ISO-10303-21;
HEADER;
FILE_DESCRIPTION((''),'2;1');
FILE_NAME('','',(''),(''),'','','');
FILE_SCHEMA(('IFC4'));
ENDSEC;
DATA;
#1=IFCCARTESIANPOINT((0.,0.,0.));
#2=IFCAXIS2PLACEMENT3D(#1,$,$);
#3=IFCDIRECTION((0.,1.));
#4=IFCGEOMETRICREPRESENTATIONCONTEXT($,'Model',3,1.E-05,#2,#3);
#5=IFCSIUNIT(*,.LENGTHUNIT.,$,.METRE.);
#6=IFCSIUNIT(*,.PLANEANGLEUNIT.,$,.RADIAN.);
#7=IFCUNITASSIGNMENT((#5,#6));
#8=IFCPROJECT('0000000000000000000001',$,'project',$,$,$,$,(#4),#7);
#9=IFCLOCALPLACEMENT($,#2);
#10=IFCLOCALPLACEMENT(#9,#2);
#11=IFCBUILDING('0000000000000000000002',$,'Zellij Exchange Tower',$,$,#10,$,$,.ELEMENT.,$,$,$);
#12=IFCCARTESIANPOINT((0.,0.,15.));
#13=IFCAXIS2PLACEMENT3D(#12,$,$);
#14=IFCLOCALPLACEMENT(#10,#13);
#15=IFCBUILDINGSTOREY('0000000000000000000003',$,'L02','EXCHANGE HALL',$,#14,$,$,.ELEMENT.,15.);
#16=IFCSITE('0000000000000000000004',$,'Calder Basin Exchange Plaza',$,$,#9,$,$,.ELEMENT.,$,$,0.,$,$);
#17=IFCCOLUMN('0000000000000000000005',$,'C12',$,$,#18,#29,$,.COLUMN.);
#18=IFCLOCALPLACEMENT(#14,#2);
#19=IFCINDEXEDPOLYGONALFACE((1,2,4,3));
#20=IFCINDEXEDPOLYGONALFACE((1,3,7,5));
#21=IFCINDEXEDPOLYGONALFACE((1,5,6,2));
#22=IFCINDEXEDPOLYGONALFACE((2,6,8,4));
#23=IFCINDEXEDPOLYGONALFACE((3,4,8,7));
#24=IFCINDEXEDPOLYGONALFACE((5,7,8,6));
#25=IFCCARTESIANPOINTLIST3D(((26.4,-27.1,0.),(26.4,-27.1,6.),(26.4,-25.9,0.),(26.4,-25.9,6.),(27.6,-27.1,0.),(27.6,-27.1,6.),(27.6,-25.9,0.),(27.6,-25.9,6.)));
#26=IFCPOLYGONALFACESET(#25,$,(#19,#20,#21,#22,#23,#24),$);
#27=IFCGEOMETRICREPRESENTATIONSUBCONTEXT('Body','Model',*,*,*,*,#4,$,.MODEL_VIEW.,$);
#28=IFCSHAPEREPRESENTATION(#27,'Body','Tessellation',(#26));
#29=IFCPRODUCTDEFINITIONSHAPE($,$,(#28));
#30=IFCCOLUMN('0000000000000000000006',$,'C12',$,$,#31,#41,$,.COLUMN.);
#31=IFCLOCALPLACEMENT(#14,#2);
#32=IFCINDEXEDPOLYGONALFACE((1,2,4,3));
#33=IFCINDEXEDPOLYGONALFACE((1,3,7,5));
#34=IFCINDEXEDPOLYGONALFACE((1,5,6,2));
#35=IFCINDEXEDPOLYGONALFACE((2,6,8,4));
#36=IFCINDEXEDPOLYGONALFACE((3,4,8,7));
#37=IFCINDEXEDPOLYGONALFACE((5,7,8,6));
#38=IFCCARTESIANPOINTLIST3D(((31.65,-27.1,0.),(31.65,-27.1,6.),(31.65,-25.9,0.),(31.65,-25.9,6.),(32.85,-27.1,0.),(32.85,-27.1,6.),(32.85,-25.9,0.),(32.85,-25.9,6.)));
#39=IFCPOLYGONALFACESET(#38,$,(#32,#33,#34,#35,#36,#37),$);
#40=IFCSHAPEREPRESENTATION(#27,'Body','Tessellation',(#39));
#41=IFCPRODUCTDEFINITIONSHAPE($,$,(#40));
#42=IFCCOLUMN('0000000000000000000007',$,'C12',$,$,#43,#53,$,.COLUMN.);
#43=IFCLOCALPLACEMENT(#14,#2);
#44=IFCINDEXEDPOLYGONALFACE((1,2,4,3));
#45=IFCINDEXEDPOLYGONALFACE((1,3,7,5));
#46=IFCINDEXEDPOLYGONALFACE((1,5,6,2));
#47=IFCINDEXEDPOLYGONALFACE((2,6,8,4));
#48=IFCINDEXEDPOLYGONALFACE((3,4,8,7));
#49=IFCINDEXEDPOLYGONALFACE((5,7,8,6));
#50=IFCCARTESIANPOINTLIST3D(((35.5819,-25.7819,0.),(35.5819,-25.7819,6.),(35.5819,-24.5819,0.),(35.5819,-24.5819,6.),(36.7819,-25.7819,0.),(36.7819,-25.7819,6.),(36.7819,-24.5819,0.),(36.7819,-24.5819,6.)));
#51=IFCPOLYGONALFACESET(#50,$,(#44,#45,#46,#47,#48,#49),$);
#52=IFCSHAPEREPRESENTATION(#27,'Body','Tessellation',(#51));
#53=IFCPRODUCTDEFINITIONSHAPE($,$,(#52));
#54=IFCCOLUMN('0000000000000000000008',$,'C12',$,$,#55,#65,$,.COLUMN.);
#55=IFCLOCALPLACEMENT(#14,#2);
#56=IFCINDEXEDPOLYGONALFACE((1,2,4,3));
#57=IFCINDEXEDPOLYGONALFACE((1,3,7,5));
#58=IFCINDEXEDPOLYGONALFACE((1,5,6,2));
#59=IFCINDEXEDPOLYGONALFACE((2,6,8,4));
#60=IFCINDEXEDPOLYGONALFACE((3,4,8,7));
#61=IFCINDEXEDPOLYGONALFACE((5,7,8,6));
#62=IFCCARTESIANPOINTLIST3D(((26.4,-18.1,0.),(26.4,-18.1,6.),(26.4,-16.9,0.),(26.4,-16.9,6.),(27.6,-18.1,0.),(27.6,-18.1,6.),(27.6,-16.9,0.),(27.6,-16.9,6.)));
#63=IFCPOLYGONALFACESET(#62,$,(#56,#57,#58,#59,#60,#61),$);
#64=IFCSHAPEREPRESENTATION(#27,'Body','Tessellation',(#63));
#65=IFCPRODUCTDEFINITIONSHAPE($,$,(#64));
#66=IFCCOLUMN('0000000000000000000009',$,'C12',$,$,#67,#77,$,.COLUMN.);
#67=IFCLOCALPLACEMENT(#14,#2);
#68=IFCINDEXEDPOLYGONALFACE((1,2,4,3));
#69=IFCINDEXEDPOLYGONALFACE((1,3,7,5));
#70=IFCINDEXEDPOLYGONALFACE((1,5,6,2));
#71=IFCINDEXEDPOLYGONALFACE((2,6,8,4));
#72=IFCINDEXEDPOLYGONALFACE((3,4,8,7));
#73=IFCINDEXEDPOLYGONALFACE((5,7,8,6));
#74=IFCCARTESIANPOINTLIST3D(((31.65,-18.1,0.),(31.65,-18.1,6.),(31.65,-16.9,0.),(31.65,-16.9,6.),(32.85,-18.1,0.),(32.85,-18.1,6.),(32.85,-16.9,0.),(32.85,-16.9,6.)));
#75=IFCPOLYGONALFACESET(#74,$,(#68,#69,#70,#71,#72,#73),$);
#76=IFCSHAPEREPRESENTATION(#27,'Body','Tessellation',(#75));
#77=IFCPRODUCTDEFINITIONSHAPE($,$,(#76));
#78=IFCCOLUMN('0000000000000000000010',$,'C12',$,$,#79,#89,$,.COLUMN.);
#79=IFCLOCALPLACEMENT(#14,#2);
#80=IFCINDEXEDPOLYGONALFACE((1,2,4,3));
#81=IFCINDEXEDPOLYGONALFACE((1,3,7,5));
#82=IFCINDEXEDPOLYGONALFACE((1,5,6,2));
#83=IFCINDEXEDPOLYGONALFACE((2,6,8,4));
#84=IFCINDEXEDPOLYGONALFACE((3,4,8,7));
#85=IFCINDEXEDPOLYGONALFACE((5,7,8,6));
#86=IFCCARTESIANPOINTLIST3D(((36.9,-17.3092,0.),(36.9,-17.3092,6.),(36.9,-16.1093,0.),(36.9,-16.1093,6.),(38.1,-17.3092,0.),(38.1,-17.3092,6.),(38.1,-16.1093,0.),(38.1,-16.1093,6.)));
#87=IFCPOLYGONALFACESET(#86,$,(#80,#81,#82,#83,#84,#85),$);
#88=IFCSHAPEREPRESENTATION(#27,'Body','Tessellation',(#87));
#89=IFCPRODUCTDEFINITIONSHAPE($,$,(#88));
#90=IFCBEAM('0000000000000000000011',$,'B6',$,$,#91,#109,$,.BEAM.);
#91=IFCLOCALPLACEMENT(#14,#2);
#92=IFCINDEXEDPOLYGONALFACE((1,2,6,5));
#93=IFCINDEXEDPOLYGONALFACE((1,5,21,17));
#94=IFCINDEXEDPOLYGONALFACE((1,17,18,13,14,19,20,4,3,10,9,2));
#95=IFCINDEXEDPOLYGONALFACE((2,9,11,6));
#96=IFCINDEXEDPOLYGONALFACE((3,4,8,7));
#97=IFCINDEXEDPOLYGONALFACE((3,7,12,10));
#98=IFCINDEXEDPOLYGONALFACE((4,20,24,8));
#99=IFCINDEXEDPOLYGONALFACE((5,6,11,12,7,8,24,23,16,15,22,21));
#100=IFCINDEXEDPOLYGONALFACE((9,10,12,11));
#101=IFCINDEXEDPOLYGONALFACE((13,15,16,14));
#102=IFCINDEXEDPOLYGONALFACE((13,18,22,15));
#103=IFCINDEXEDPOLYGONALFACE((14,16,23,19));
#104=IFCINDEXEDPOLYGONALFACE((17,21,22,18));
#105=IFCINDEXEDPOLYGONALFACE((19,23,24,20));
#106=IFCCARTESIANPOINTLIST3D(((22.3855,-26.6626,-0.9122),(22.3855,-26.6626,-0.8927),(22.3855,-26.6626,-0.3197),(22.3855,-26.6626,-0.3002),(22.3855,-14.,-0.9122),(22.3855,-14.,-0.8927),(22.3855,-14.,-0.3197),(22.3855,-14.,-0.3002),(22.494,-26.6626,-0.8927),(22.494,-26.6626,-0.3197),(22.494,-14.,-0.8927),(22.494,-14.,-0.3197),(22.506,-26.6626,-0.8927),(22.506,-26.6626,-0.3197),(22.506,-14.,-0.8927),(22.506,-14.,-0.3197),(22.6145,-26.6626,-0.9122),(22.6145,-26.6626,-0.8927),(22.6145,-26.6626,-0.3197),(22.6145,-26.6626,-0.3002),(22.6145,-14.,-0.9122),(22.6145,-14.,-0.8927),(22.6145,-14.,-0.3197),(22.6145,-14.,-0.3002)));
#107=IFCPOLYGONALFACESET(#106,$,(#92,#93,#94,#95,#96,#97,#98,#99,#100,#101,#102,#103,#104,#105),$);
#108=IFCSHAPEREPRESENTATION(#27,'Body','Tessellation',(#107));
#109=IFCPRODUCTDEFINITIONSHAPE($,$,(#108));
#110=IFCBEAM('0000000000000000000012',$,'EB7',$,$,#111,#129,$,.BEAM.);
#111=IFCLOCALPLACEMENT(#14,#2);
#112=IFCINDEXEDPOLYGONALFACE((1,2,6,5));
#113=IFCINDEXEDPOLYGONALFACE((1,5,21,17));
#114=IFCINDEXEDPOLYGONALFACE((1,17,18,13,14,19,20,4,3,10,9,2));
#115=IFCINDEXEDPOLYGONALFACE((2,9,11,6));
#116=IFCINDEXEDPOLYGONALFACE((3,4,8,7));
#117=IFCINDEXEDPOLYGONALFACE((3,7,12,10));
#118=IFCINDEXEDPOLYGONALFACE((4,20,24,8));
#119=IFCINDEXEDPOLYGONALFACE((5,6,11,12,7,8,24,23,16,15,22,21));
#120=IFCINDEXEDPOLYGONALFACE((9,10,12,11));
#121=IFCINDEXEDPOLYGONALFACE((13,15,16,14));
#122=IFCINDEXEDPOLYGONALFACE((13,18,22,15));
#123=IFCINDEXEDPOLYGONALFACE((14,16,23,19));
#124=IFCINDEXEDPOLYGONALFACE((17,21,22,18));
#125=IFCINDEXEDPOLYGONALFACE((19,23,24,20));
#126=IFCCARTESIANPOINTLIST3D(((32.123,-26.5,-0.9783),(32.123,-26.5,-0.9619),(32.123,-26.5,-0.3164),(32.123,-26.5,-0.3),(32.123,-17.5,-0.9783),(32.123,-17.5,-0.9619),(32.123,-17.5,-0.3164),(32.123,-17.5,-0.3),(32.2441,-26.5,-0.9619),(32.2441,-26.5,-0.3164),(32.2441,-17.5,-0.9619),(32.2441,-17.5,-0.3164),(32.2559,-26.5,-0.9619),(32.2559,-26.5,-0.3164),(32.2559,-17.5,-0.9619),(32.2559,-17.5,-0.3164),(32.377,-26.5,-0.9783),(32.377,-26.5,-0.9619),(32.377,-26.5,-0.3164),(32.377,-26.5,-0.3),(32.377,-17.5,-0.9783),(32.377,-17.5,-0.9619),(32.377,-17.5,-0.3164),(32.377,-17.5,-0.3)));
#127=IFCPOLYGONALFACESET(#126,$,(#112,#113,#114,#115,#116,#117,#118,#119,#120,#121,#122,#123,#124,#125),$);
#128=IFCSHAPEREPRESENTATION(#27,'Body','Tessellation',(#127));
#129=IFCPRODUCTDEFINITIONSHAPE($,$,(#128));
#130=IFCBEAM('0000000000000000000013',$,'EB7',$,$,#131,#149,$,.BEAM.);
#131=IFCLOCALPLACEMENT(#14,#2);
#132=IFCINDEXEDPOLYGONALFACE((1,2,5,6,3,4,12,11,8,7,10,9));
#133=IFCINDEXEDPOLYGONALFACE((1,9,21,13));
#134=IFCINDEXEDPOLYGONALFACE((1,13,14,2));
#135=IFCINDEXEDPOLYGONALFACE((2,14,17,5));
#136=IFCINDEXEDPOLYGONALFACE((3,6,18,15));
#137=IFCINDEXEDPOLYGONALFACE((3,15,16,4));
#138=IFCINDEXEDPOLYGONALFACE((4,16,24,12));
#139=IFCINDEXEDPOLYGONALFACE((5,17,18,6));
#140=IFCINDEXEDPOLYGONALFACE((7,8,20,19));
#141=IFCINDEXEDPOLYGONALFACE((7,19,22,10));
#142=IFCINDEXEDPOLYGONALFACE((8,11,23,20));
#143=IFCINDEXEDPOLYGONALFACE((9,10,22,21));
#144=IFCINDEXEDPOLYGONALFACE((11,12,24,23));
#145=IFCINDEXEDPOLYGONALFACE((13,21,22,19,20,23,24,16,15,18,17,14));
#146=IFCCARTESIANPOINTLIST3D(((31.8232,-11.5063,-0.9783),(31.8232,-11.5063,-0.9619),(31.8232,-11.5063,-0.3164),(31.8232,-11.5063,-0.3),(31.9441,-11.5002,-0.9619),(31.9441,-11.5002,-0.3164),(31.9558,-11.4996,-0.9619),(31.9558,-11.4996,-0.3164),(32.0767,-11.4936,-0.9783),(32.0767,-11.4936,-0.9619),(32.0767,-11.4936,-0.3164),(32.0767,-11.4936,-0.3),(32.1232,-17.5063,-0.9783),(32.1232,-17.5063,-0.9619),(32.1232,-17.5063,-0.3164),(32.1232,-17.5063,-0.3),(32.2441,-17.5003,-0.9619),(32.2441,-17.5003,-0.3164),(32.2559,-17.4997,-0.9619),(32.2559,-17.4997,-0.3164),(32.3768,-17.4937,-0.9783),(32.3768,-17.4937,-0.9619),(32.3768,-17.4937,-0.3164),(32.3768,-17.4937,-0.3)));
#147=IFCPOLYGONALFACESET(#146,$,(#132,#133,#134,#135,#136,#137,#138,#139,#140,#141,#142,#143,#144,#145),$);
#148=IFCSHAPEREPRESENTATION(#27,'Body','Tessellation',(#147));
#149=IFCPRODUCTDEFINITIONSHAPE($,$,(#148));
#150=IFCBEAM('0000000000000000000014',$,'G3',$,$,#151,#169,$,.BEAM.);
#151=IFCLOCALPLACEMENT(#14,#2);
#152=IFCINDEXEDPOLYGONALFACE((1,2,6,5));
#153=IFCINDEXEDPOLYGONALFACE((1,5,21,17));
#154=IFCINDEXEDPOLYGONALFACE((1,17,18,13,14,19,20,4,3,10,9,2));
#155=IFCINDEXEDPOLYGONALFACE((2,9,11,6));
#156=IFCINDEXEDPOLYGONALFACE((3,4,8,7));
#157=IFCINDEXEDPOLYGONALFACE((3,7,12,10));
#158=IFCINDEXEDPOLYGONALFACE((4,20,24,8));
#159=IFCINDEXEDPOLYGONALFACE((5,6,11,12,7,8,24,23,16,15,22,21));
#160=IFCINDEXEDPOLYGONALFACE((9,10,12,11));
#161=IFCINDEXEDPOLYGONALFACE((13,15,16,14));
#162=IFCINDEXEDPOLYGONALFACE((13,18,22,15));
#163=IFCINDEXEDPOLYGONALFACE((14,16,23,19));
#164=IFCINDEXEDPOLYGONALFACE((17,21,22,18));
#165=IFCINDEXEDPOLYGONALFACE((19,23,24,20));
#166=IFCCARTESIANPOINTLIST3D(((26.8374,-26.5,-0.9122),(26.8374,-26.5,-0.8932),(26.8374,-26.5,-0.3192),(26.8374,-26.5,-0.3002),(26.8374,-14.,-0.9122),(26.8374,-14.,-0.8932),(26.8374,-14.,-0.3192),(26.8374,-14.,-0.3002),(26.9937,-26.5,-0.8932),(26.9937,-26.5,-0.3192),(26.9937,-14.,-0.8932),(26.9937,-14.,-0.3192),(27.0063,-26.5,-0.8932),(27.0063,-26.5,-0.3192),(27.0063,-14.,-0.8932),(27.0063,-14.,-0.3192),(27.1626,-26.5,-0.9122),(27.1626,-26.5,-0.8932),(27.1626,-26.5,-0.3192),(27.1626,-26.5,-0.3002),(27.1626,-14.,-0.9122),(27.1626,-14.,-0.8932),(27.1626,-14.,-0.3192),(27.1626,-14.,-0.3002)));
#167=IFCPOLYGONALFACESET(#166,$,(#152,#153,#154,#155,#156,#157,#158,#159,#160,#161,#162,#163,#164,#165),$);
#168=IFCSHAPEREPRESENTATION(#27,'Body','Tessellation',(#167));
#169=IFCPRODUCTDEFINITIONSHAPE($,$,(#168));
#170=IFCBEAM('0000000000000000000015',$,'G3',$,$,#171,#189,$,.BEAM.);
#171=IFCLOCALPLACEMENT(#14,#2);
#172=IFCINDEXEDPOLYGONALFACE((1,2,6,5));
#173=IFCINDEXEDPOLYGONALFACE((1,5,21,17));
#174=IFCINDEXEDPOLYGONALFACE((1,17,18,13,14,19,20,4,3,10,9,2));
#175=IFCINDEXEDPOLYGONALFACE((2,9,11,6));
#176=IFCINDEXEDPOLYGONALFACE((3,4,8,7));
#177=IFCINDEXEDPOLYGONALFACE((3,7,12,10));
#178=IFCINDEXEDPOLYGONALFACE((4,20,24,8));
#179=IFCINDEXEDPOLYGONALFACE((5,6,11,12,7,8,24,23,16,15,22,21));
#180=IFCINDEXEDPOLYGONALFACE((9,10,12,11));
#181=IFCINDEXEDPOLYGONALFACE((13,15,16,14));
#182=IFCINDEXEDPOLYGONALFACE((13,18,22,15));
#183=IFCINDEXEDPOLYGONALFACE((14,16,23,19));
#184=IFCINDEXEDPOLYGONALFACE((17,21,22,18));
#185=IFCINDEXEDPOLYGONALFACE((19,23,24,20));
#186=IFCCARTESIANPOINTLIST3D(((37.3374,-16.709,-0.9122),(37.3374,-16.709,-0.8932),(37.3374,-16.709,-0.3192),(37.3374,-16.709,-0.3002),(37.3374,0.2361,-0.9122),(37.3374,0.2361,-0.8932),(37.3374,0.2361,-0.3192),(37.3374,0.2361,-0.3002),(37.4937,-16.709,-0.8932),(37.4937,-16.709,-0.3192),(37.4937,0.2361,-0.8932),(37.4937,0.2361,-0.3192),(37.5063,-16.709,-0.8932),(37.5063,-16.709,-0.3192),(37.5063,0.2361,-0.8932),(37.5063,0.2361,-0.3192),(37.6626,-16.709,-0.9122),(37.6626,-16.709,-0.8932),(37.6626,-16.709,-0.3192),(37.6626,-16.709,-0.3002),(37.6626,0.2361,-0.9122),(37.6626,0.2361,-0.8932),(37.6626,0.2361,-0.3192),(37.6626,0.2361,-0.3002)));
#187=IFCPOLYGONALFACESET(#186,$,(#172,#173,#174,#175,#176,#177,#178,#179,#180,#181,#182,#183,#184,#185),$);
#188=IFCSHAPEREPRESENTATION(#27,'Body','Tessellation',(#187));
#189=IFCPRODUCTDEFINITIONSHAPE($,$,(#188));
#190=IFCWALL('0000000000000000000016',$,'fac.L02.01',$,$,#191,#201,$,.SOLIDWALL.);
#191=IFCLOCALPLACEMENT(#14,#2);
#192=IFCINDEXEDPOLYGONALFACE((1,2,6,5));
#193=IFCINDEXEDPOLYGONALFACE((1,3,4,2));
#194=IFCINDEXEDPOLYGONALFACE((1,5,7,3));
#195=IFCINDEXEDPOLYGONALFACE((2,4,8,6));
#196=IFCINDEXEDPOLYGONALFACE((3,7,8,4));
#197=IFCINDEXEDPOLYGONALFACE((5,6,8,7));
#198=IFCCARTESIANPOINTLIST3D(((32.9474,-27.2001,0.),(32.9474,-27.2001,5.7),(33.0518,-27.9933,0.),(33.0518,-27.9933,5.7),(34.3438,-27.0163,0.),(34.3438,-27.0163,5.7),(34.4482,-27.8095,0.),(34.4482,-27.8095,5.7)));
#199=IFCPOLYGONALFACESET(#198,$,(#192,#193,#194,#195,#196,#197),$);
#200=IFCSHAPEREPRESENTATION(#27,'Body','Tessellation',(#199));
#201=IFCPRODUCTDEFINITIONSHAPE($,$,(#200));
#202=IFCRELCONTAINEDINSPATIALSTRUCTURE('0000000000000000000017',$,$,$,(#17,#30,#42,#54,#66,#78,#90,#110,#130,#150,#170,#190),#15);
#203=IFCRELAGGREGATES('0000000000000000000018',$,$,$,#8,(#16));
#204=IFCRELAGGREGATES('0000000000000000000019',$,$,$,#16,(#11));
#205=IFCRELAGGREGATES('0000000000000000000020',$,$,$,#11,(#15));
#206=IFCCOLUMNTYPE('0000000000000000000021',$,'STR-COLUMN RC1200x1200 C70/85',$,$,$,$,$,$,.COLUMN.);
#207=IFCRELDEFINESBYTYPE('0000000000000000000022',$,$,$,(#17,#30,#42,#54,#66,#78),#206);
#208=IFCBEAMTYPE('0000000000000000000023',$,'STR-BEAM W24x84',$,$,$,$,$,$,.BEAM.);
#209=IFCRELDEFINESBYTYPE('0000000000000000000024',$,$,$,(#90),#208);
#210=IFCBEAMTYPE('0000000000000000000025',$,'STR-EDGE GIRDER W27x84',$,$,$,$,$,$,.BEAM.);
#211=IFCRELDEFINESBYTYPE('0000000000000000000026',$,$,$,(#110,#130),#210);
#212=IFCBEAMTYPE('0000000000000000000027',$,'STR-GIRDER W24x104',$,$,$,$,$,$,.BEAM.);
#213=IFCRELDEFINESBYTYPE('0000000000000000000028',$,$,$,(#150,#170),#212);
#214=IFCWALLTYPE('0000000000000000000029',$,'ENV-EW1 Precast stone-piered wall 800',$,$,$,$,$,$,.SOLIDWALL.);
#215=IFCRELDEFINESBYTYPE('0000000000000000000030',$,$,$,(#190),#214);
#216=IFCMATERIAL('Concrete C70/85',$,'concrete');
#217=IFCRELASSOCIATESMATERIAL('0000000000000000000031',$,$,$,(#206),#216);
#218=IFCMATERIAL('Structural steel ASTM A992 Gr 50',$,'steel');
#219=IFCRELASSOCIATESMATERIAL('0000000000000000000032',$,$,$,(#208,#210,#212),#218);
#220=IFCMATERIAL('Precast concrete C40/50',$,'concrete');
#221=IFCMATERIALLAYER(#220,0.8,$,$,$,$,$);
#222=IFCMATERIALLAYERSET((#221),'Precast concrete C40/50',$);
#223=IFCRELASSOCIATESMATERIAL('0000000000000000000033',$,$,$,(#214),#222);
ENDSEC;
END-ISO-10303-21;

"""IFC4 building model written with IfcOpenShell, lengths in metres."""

from ifc_helpers import new_model, si_unit, direction, frame, frame_2d, origin, origin_2d, place, context, subcontext, project, spatial, rectangle, i_section, extrude, material, layer, layer_set, material_profile, profile_set, type_object, element, save


model = new_model("IFC4")

# Units and contexts
model_context = context("Model", 3, precision=1e-05, world=origin(), true_north=direction((0.0, 1.0)))
body_context = subcontext(model_context, "Body", "Model", "MODEL_VIEW")
ifc_project = project(units=[si_unit("LENGTHUNIT", "METRE"), si_unit("PLANEANGLEUNIT", "RADIAN")], contexts=[model_context])

# Site, building, storey
site_placement = place(None, origin())
site = spatial("IfcSite", under=ifc_project, at=site_placement, Name="Calder Basin Exchange Plaza", CompositionType="ELEMENT", RefElevation=0.0)
building_placement = place(site_placement, origin())
building = spatial("IfcBuilding", under=site, at=building_placement, Name="Zellij Exchange Tower", CompositionType="ELEMENT")
storey_placement = place(building_placement, frame((0.0, 0.0, 15.0)))
storey = spatial("IfcBuildingStorey", under=building, at=storey_placement, Name="L02", Description="EXCHANGE HALL", CompositionType="ELEMENT", Elevation=15.0)

# Columns
ifc_material_1 = material(Name="Concrete C70/85", Category="concrete")
ifc_material_profile_1 = material_profile(ifc_material_1, rectangle(XDim=1.2, YDim=1.2, at=origin_2d()), Name="STR-COLUMN RC1200x1200 C70/85")
ifc_profile_set_1 = profile_set([ifc_material_profile_1], Name="Concrete C70/85")
column_type = type_object("IfcColumnType", Name="STR-COLUMN RC1200x1200 C70/85", PredefinedType="COLUMN", material=ifc_profile_set_1)
for number, where, z_axis, x_axis, name in (
    (1, (27.0, -26.5, 0.0), (0.0, 0.0, 1.0), (1.0, 0.0, 0.0), "C12"),
    (2, (32.25, -26.5, 0.0), (0.0, 0.0, 1.0), (1.0, 0.0, 0.0), "C12"),
    (3, (36.1819, -25.1819, 0.0), (0.0, 0.0, 1.0), (1.0, 0.0, 0.0), "C12"),
    (4, (27.0, -17.5, 0.0), (0.0, 0.0, 1.0), (1.0, 0.0, 0.0), "C12"),
    (5, (32.25, -17.5, 0.0), (0.0, 0.0, 1.0), (1.0, 0.0, 0.0), "C12"),
    (6, (37.5, -16.7092, 0.0), (0.0, 0.0, 1.0), (1.0, 0.0, 0.0), "C12"),
):
    element("IfcColumn", number, at=place(storey_placement, frame(where, z_axis=z_axis, x_axis=x_axis)), inside=storey, type_object=column_type, Name=name, PredefinedType="COLUMN", context=body_context, shape_type="SweptSolid", body=[
        extrude(rectangle(XDim=1.2, YDim=1.2, at=origin_2d()), origin(), (0.0, 0.0, 1.0), 6.0),
    ])

# Beams
ifc_material_2 = material(Name="Structural steel ASTM A992 Gr 50", Category="steel")
ifc_material_profile_2 = material_profile(ifc_material_2, i_section(OverallWidth=0.229, OverallDepth=0.6121, WebThickness=0.012, FlangeThickness=0.0195, at=origin_2d()), Name="W24x84")
ifc_profile_set_2 = profile_set([ifc_material_profile_2], Name="Structural steel ASTM A992 Gr 50")
beam_type_1 = type_object("IfcBeamType", Name="STR-BEAM W24x84", PredefinedType="BEAM", material=ifc_profile_set_2)
beam_1_placement = place(storey_placement, frame((22.5, -26.6626, -0.6062), z_axis=(0.0, 1.0, 0.0), x_axis=(-1.0, 0.0, 0.0)))
element("IfcBeam", 7, at=beam_1_placement, inside=storey, type_object=beam_type_1, Name="B6", PredefinedType="BEAM", context=body_context, shape_type="SweptSolid", body=[
    extrude(i_section(OverallWidth=0.229, OverallDepth=0.6121, WebThickness=0.012, FlangeThickness=0.0195, at=origin_2d()), origin(), (0.0, 0.0, 1.0), 12.6626),
])
ifc_material_profile_3 = material_profile(ifc_material_2, i_section(OverallWidth=0.2539, OverallDepth=0.6782, WebThickness=0.0117, FlangeThickness=0.0164, at=origin_2d()), Name="W27x84")
ifc_profile_set_3 = profile_set([ifc_material_profile_3], Name="Structural steel ASTM A992 Gr 50")
beam_type_2 = type_object("IfcBeamType", Name="STR-EDGE GIRDER W27x84", PredefinedType="BEAM", material=ifc_profile_set_3)
beam_2_placement = place(storey_placement, frame((32.25, -26.5, -0.6392), z_axis=(0.0, 1.0, 0.0), x_axis=(-1.0, 0.0, 0.0)))
element("IfcBeam", 8, at=beam_2_placement, inside=storey, type_object=beam_type_2, Name="EB7", PredefinedType="BEAM", context=body_context, shape_type="SweptSolid", body=[
    extrude(i_section(OverallWidth=0.2539, OverallDepth=0.6782, WebThickness=0.0117, FlangeThickness=0.0164, at=origin_2d()), origin(), (0.0, 0.0, 1.0), 9.0),
])
beam_3_placement = place(storey_placement, frame((32.25, -17.5, -0.6392), z_axis=(-0.049946, 0.998752, 0.0), x_axis=(-0.998752, -0.049946, 0.0)))
element("IfcBeam", 9, at=beam_3_placement, inside=storey, type_object=beam_type_2, Name="EB7", PredefinedType="BEAM", context=body_context, shape_type="SweptSolid", body=[
    extrude(i_section(OverallWidth=0.2539, OverallDepth=0.6782, WebThickness=0.0117, FlangeThickness=0.0164, at=origin_2d()), origin(), (0.0, 0.0, 1.0), 6.0076),
])
ifc_material_profile_4 = material_profile(ifc_material_2, i_section(OverallWidth=0.3252, OverallDepth=0.6121, WebThickness=0.0127, FlangeThickness=0.019, at=origin_2d()), Name="W24x104")
ifc_profile_set_4 = profile_set([ifc_material_profile_4], Name="Structural steel ASTM A992 Gr 50")
beam_type_3 = type_object("IfcBeamType", Name="STR-GIRDER W24x104", PredefinedType="BEAM", material=ifc_profile_set_4)
beam_4_placement = place(storey_placement, frame((27.0, -26.5, -0.6062), z_axis=(0.0, 1.0, 0.0), x_axis=(-1.0, 0.0, 0.0)))
element("IfcBeam", 10, at=beam_4_placement, inside=storey, type_object=beam_type_3, Name="G3", PredefinedType="BEAM", context=body_context, shape_type="SweptSolid", body=[
    extrude(i_section(OverallWidth=0.3252, OverallDepth=0.6121, WebThickness=0.0127, FlangeThickness=0.019, at=origin_2d()), origin(), (0.0, 0.0, 1.0), 12.5),
])
beam_5_placement = place(storey_placement, frame((37.5, -16.709, -0.6062), z_axis=(0.0, 1.0, 0.0), x_axis=(-1.0, 0.0, 0.0)))
element("IfcBeam", 11, at=beam_5_placement, inside=storey, type_object=beam_type_3, Name="G3", PredefinedType="BEAM", context=body_context, shape_type="SweptSolid", body=[
    extrude(i_section(OverallWidth=0.3252, OverallDepth=0.6121, WebThickness=0.0127, FlangeThickness=0.019, at=origin_2d()), origin(), (0.0, 0.0, 1.0), 16.9451),
])

# Wall
ifc_material_3 = material(Name="Precast concrete C40/50", Category="concrete")
ifc_layer_1 = layer(ifc_material_3, 0.8)
ifc_layer_set_1 = layer_set([ifc_layer_1], Name="Precast concrete C40/50")
wall_type_1 = type_object("IfcWallType", Name="ENV-EW1 Precast stone-piered wall 800", PredefinedType="SOLIDWALL", material=ifc_layer_set_1)
wall_1_placement = place(storey_placement, frame((32.9998, -27.5967, 0.0), z_axis=(0.0, 0.0, 1.0), x_axis=(0.991446, 0.130517, 0.0)))
element("IfcWall", 12, at=wall_1_placement, inside=storey, type_object=wall_type_1, Name="fac.L02.01", PredefinedType="SOLIDWALL", context=body_context, shape_type="SweptSolid", body=[
    extrude(rectangle(XDim=1.4084, YDim=0.8, at=frame_2d((0.7041, 0.0))), origin(), (0.0, 0.0, 1.0), 5.7),
])

save(model, "model.ifc")
